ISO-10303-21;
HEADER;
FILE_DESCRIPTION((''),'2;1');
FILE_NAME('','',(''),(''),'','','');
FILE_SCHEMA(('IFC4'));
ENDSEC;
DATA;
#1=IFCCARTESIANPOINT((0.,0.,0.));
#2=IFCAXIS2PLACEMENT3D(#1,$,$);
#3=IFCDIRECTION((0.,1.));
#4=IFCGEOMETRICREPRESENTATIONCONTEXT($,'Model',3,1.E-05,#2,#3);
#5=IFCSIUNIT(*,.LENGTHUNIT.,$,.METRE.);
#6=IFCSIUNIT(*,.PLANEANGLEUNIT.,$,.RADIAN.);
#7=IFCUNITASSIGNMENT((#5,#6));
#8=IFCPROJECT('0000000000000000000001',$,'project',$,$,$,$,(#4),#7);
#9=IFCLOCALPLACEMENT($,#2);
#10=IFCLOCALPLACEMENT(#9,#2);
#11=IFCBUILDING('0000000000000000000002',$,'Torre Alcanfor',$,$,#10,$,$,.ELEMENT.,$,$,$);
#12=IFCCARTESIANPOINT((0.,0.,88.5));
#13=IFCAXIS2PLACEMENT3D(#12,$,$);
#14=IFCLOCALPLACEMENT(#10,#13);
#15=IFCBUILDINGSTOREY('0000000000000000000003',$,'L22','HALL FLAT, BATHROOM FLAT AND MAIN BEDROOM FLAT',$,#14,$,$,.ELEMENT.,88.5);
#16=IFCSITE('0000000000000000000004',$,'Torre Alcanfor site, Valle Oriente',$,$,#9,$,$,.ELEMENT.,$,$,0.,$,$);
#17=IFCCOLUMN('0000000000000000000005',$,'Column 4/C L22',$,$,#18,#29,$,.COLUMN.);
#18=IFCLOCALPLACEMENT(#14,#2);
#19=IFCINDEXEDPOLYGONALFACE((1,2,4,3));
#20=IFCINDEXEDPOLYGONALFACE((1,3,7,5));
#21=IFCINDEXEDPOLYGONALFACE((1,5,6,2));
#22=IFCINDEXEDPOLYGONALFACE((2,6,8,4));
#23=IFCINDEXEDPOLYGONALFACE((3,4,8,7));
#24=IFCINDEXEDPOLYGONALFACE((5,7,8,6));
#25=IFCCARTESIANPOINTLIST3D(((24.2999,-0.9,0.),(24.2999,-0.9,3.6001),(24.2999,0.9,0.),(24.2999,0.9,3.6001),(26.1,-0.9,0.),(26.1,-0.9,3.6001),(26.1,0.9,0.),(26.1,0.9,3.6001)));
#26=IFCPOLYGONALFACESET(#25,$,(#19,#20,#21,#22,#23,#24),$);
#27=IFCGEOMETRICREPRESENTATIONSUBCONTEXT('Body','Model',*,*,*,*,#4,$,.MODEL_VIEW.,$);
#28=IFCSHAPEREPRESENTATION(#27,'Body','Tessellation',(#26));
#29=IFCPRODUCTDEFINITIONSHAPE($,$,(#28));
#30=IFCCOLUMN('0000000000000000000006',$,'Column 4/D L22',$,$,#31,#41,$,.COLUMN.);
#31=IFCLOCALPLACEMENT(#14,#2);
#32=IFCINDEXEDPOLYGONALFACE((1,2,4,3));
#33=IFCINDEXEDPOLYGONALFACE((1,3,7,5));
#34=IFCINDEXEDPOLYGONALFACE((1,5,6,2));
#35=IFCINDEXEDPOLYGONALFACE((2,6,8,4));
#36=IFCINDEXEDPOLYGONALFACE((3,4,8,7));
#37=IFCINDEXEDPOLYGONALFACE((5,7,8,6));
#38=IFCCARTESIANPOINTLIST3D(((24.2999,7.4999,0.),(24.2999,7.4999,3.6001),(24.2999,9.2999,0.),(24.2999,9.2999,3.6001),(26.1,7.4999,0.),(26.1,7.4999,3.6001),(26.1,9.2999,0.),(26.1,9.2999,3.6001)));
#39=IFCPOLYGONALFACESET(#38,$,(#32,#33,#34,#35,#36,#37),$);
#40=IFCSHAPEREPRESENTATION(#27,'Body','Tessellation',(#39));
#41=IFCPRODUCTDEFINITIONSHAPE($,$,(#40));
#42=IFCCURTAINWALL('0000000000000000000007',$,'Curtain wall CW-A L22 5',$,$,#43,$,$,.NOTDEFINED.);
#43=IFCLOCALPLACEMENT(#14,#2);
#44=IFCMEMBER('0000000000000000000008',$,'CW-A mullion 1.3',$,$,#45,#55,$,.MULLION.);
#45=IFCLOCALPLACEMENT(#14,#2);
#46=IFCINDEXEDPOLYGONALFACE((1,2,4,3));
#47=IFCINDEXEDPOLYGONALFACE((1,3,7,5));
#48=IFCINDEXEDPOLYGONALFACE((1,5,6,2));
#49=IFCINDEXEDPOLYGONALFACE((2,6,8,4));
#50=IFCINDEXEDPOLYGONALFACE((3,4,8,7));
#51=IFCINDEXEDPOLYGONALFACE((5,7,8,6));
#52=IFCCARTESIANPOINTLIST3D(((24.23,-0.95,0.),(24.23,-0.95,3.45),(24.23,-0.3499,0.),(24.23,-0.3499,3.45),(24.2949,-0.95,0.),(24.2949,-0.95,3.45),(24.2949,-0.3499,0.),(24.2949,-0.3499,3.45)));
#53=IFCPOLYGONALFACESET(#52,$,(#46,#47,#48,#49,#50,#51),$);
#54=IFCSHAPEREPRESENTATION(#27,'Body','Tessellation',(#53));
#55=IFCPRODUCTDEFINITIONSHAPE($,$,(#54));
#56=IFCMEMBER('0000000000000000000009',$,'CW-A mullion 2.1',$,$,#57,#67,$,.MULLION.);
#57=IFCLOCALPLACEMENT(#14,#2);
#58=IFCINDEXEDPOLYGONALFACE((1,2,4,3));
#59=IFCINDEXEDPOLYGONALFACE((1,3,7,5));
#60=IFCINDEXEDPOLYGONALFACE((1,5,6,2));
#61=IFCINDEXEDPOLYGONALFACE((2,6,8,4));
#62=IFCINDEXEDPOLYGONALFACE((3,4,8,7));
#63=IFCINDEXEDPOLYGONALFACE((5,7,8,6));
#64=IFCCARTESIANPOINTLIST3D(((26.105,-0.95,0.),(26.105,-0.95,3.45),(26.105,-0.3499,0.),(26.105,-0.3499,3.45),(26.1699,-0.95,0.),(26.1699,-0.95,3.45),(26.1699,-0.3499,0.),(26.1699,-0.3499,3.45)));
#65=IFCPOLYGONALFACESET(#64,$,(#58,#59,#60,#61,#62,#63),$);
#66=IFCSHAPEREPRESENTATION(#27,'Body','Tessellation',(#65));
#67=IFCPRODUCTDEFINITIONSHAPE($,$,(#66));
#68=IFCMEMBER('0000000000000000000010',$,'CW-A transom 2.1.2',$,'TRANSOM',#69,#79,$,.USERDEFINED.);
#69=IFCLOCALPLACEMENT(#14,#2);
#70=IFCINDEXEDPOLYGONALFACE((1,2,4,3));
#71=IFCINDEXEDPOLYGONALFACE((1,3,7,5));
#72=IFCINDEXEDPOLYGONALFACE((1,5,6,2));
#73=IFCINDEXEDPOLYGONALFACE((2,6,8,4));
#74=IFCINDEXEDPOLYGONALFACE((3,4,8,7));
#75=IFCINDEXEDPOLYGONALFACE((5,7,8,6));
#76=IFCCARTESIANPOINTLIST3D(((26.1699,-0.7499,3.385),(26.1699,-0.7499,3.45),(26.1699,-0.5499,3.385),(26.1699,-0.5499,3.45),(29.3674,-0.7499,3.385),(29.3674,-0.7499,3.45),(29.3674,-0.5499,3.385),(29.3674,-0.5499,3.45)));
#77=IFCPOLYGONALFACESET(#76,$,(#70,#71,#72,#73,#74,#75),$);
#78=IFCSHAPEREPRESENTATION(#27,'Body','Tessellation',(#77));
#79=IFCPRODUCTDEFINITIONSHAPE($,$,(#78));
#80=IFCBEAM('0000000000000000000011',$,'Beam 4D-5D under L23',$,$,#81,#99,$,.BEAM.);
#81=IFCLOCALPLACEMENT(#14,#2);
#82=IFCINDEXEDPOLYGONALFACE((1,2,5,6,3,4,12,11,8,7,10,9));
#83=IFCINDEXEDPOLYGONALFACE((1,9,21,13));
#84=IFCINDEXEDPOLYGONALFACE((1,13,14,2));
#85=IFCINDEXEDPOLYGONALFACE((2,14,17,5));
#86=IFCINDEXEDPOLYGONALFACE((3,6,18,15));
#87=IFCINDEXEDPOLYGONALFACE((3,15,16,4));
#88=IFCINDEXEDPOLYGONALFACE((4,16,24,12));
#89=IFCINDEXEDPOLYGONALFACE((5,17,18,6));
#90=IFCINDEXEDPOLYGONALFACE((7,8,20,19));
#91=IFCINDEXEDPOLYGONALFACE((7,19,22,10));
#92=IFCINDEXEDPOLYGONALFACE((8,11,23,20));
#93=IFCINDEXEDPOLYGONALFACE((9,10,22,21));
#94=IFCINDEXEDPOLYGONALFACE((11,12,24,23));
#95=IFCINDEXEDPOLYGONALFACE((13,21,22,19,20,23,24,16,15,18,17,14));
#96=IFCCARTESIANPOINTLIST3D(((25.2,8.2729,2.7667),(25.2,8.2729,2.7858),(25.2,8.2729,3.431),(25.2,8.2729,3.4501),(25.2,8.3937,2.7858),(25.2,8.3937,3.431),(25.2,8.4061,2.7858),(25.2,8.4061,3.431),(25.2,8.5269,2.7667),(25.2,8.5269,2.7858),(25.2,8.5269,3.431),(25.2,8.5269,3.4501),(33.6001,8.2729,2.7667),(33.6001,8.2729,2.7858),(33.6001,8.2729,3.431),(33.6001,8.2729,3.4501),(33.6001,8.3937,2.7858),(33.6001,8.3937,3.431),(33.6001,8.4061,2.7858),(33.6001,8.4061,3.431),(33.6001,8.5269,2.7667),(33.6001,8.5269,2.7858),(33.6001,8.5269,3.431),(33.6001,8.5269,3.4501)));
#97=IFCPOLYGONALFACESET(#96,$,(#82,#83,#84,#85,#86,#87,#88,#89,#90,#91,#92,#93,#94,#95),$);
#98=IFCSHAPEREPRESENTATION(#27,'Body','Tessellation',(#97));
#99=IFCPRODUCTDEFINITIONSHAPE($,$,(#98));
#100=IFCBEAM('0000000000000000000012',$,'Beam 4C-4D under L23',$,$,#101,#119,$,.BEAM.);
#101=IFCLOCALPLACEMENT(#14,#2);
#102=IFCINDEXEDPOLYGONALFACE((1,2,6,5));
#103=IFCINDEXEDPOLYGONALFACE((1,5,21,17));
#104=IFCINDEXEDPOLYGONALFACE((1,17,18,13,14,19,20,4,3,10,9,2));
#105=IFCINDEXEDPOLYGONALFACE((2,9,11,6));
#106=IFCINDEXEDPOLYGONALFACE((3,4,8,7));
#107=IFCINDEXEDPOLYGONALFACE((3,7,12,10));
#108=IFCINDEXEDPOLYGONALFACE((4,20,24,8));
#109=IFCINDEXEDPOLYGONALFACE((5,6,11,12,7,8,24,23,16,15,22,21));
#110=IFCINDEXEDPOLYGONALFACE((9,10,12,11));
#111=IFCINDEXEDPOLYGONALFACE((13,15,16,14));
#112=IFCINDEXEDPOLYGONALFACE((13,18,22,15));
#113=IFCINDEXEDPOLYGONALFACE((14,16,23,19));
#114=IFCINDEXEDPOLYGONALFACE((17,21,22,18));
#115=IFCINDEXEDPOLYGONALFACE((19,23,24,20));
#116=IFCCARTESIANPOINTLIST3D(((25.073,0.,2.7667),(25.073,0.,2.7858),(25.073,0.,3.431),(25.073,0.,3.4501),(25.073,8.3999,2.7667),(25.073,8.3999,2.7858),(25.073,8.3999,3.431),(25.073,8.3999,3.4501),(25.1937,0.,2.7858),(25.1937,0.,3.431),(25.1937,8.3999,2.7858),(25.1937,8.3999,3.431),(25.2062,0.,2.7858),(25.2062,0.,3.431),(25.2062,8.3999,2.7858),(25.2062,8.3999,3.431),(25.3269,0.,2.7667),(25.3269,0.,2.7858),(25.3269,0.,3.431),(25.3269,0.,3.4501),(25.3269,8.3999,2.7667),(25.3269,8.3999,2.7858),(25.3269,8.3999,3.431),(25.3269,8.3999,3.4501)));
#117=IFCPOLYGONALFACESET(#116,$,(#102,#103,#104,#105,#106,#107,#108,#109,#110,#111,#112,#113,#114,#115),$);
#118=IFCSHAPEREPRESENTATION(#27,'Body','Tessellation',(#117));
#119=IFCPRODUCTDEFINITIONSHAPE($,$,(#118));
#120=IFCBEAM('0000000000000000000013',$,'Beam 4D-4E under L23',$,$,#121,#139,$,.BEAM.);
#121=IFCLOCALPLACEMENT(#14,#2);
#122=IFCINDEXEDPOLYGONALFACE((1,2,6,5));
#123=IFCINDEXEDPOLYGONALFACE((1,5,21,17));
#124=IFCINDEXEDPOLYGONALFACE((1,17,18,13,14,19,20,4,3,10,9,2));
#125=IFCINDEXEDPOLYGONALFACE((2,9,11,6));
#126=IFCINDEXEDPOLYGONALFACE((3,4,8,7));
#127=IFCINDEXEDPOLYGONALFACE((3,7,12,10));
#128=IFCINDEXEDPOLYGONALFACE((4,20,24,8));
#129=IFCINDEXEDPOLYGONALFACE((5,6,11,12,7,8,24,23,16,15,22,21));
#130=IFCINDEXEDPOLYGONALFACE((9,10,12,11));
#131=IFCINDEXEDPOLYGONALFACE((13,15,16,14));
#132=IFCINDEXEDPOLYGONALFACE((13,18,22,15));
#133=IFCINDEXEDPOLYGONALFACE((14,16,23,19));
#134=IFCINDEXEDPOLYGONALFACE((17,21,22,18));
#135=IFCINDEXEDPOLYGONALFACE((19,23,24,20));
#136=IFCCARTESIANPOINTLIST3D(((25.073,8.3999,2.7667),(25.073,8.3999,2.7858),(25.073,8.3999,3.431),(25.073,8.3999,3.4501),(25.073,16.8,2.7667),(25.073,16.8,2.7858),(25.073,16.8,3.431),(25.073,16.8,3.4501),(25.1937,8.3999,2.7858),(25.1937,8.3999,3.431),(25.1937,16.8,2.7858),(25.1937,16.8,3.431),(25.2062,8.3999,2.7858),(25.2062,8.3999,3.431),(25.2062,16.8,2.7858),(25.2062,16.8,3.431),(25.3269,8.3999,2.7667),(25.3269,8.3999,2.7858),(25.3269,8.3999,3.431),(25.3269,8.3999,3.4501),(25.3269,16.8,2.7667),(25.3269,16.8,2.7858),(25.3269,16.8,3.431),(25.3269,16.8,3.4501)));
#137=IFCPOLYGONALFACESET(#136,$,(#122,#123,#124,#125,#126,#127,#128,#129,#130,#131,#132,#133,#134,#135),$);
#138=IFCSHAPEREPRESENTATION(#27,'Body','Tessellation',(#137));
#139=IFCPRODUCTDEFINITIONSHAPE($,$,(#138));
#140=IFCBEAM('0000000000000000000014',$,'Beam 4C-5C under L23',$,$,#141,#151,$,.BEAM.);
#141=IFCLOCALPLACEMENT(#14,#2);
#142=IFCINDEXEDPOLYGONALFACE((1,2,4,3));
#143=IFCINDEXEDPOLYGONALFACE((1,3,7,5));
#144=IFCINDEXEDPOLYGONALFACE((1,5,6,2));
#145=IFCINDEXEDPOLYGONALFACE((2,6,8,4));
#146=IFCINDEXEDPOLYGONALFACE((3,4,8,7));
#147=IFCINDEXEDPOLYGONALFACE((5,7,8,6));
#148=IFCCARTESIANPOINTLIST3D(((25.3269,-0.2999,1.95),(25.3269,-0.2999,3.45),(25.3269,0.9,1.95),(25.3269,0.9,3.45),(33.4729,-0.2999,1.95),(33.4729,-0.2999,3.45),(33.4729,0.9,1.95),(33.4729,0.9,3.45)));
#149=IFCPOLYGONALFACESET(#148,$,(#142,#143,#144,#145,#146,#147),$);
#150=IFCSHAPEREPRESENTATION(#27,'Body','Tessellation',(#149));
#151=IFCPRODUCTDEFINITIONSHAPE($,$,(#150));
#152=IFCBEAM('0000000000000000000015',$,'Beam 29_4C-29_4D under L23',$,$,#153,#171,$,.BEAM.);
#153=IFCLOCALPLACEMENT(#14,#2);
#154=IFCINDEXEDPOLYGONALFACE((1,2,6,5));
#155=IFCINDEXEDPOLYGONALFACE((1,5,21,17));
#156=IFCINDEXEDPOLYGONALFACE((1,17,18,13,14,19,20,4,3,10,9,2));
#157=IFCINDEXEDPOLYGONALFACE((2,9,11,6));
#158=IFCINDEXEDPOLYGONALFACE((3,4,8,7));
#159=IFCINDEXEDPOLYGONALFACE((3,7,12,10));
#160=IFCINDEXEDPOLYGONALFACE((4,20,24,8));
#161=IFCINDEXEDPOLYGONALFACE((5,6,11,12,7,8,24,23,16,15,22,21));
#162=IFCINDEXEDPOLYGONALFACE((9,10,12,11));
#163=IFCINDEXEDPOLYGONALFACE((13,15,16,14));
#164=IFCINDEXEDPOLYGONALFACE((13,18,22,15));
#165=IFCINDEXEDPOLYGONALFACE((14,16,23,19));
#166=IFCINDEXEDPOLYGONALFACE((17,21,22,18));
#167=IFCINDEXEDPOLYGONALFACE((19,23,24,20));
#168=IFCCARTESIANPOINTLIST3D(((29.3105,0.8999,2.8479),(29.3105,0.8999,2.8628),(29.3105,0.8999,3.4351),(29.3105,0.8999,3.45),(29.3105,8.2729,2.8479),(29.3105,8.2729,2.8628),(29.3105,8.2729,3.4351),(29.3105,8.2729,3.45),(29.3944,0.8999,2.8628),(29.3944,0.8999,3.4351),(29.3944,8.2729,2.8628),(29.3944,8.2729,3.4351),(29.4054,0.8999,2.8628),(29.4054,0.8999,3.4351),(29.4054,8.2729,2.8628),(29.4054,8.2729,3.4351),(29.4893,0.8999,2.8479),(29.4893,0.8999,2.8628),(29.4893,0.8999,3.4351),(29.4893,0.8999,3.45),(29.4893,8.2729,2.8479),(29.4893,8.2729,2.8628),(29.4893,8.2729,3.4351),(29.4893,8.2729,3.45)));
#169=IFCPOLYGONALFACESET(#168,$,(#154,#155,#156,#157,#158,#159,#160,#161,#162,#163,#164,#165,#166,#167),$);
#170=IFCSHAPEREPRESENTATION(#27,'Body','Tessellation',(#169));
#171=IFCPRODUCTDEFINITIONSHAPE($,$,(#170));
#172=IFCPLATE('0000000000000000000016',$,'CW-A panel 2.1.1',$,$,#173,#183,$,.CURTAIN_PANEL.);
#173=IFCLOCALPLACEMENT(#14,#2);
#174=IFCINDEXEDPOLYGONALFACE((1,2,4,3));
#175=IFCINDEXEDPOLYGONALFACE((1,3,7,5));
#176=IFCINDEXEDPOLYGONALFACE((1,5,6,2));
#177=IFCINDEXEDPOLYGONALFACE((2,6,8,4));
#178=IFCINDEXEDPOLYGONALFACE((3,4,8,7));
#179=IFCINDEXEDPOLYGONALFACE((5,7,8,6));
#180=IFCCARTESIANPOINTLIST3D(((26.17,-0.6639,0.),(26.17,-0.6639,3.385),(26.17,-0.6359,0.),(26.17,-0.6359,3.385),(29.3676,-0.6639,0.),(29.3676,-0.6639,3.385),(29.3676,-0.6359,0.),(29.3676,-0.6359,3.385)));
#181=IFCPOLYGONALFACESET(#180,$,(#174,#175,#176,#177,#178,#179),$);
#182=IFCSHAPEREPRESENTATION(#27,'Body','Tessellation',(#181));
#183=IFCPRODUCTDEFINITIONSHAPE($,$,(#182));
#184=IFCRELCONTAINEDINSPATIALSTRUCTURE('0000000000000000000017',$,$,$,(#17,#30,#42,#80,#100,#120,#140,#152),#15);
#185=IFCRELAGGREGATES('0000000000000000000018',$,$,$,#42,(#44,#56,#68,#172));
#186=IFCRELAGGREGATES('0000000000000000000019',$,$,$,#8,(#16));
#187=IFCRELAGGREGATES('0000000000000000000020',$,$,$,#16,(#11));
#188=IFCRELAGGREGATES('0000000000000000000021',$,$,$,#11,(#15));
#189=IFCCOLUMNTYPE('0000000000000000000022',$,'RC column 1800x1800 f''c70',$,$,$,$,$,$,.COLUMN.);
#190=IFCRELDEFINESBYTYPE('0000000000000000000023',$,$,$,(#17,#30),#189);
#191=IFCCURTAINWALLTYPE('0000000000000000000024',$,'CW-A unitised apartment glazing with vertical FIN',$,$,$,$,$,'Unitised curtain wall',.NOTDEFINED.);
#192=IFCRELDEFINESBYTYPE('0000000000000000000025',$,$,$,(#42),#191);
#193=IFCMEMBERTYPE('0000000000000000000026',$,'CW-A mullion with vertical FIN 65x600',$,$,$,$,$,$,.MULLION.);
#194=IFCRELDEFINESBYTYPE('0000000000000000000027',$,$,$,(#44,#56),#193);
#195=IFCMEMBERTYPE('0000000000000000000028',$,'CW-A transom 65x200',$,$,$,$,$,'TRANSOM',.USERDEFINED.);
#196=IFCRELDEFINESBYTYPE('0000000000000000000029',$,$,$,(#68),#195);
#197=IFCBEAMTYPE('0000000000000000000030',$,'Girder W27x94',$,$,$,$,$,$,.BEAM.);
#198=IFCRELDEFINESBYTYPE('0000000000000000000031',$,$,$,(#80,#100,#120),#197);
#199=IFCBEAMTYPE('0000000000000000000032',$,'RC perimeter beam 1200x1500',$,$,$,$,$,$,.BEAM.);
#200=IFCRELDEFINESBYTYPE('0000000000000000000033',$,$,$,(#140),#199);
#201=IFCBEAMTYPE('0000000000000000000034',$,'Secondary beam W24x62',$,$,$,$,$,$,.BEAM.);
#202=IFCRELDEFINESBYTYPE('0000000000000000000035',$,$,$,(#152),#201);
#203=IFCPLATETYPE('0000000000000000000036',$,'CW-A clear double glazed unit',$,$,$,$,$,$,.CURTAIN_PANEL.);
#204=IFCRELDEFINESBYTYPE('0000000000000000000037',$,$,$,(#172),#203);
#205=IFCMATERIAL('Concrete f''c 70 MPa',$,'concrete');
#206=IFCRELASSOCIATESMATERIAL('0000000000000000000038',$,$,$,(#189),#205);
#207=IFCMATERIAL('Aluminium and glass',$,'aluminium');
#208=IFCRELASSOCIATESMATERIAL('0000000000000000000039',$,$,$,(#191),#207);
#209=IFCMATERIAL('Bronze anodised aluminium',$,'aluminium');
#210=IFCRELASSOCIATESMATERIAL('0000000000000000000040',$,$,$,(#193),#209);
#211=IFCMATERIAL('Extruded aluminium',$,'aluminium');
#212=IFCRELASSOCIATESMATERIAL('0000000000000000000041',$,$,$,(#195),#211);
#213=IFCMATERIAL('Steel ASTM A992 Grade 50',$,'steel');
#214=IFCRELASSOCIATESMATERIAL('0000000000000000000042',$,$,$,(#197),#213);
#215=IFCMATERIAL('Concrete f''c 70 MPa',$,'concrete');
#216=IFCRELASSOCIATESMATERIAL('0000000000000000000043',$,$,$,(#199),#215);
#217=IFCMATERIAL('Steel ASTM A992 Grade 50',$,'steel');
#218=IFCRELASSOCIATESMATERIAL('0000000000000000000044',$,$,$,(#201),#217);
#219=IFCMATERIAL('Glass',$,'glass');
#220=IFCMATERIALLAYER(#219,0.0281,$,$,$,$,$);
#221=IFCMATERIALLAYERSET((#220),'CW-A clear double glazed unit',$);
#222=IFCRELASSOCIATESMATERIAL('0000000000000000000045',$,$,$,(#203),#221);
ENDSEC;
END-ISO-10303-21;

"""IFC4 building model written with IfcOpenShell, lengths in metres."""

from ifc_helpers import new_model, si_unit, direction, frame, origin, origin_2d, place, context, subcontext, project, spatial, rectangle, i_section, extrude, material, layer, layer_set, material_profile, profile_set, type_object, element, aggregate, save


model = new_model("IFC4")

# Units and contexts
model_context = context("Model", 3, precision=1e-05, world=origin(), true_north=direction((0.0, 1.0)))
body_context = subcontext(model_context, "Body", "Model", "MODEL_VIEW")
ifc_project = project(units=[si_unit("LENGTHUNIT", "METRE"), si_unit("PLANEANGLEUNIT", "RADIAN")], contexts=[model_context])

# Site, building, storey
site_placement = place(None, origin())
site = spatial("IfcSite", under=ifc_project, at=site_placement, Name="Torre Alcanfor site, Valle Oriente", CompositionType="ELEMENT", RefElevation=0.0)
building_placement = place(site_placement, origin())
building = spatial("IfcBuilding", under=site, at=building_placement, Name="Torre Alcanfor", CompositionType="ELEMENT")
storey_placement = place(building_placement, frame((0.0, 0.0, 88.5)))
storey = spatial("IfcBuildingStorey", under=building, at=storey_placement, Name="L22", Description="HALL FLAT, BATHROOM FLAT AND MAIN BEDROOM FLAT", CompositionType="ELEMENT", Elevation=88.5)

# Columns
ifc_material_1 = material(Name="Concrete f'c 70 MPa", Category="concrete")
ifc_material_profile_1 = material_profile(ifc_material_1, rectangle(XDim=1.8, YDim=1.8, at=origin_2d()), Name="1800x1800")
ifc_profile_set_1 = profile_set([ifc_material_profile_1], Name="Concrete f'c 70 MPa")
column_type = type_object("IfcColumnType", Name="RC column 1800x1800 f'c70", PredefinedType="COLUMN", material=ifc_profile_set_1)
for number, where, z_axis, x_axis, name in (
    (1, (25.2, 0.0, 0.0), (0.0, 0.0, 1.0), (1.0, 0.0, 0.0), "Column 4/C L22"),
    (2, (25.2, 8.3999, 0.0), (0.0, 0.0, 1.0), (1.0, 0.0, 0.0), "Column 4/D L22"),
):
    element("IfcColumn", number, at=place(storey_placement, frame(where, z_axis=z_axis, x_axis=x_axis)), inside=storey, type_object=column_type, Name=name, PredefinedType="COLUMN", context=body_context, shape_type="SweptSolid", body=[
        extrude(rectangle(XDim=1.8, YDim=1.8, at=origin_2d()), origin(), (0.0, 0.0, 1.0), 3.6001),
    ])

# Curtain wall, members
ifc_material_2 = material(Name="Aluminium and glass", Category="aluminium")
curtain_wall_type = type_object("IfcCurtainWallType", Name="CW-A unitised apartment glazing with vertical FIN", ElementType="Unitised curtain wall", PredefinedType="NOTDEFINED", material=ifc_material_2)
curtain_wall_placement = place(storey_placement, origin())
curtain_wall = element("IfcCurtainWall", 3, at=curtain_wall_placement, inside=storey, type_object=curtain_wall_type, Name="Curtain wall CW-A L22 5", PredefinedType="NOTDEFINED")
ifc_material_3 = material(Name="Bronze anodised aluminium", Category="aluminium")
ifc_material_profile_2 = material_profile(ifc_material_3, rectangle(XDim=0.6001, YDim=0.0649, at=origin_2d()), Name="CW-A mullion 65x600")
ifc_profile_set_2 = profile_set([ifc_material_profile_2], Name="Bronze anodised aluminium")
member_type_1 = type_object("IfcMemberType", Name="CW-A mullion with vertical FIN 65x600", PredefinedType="MULLION", material=ifc_profile_set_2)
member_1_placement = place(storey_placement, frame((24.2625, -0.6499, 0.0), z_axis=(0.0, 0.0, 1.0), x_axis=(0.0, 1.0, 0.0)))
member_1 = element("IfcMember", 4, at=member_1_placement, type_object=member_type_1, Name="CW-A mullion 1.3", PredefinedType="MULLION", context=body_context, shape_type="SweptSolid", body=[
    extrude(rectangle(XDim=0.6001, YDim=0.0649, at=origin_2d()), origin(), (0.0, 0.0, 1.0), 3.45),
])
member_2_placement = place(storey_placement, frame((26.1375, -0.6499, 0.0), z_axis=(0.0, 0.0, 1.0), x_axis=(0.0, 1.0, 0.0)))
member_2 = element("IfcMember", 5, at=member_2_placement, type_object=member_type_1, Name="CW-A mullion 2.1", PredefinedType="MULLION", context=body_context, shape_type="SweptSolid", body=[
    extrude(rectangle(XDim=0.6001, YDim=0.0649, at=origin_2d()), origin(), (0.0, 0.0, 1.0), 3.45),
])
ifc_material_4 = material(Name="Extruded aluminium", Category="aluminium")
ifc_material_profile_3 = material_profile(ifc_material_4, rectangle(XDim=0.2, YDim=0.0649, at=origin_2d()), Name="CW-A transom 200x65")
ifc_profile_set_3 = profile_set([ifc_material_profile_3], Name="Extruded aluminium")
member_type_2 = type_object("IfcMemberType", Name="CW-A transom 65x200", ElementType="TRANSOM", PredefinedType="USERDEFINED", material=ifc_profile_set_3)
member_3_placement = place(storey_placement, frame((26.1699, -0.6499, 3.4175), z_axis=(1.0, 0.0, 0.0), x_axis=(0.0, 1.0, 0.0)))
member_3 = element("IfcMember", 6, at=member_3_placement, type_object=member_type_2, Name="CW-A transom 2.1.2", ObjectType="TRANSOM", PredefinedType="USERDEFINED", context=body_context, shape_type="SweptSolid", body=[
    extrude(rectangle(XDim=0.2, YDim=0.0649, at=origin_2d()), origin(), (0.0, 0.0, 1.0), 3.1975),
])

# Beams
ifc_material_5 = material(Name="Steel ASTM A992 Grade 50", Category="steel")
ifc_material_profile_4 = material_profile(ifc_material_5, i_section(OverallWidth=0.2539, OverallDepth=0.6833, WebThickness=0.0125, FlangeThickness=0.019, at=origin_2d()), Name="W27x94")
ifc_profile_set_4 = profile_set([ifc_material_profile_4], Name="Steel ASTM A992 Grade 50")
beam_type_1 = type_object("IfcBeamType", Name="Girder W27x94", PredefinedType="BEAM", material=ifc_profile_set_4)
beam_1_placement = place(storey_placement, frame((25.2, 8.3999, 3.1084), z_axis=(1.0, 0.0, 0.0), x_axis=(0.0, 1.0, 0.0)))
element("IfcBeam", 7, at=beam_1_placement, inside=storey, type_object=beam_type_1, Name="Beam 4D-5D under L23", PredefinedType="BEAM", context=body_context, shape_type="SweptSolid", body=[
    extrude(i_section(OverallWidth=0.2539, OverallDepth=0.6833, WebThickness=0.0125, FlangeThickness=0.019, at=origin_2d()), origin(), (0.0, 0.0, 1.0), 8.4001),
])
beam_2_placement = place(storey_placement, frame((25.2, 0.0, 3.1084), z_axis=(0.0, 1.0, 0.0), x_axis=(-1.0, 0.0, 0.0)))
element("IfcBeam", 8, at=beam_2_placement, inside=storey, type_object=beam_type_1, Name="Beam 4C-4D under L23", PredefinedType="BEAM", context=body_context, shape_type="SweptSolid", body=[
    extrude(i_section(OverallWidth=0.2539, OverallDepth=0.6833, WebThickness=0.0125, FlangeThickness=0.019, at=origin_2d()), origin(), (0.0, 0.0, 1.0), 8.3999),
])
beam_3_placement = place(storey_placement, frame((25.2, 8.3999, 3.1084), z_axis=(0.0, 1.0, 0.0), x_axis=(-1.0, 0.0, 0.0)))
element("IfcBeam", 9, at=beam_3_placement, inside=storey, type_object=beam_type_1, Name="Beam 4D-4E under L23", PredefinedType="BEAM", context=body_context, shape_type="SweptSolid", body=[
    extrude(i_section(OverallWidth=0.2539, OverallDepth=0.6833, WebThickness=0.0125, FlangeThickness=0.019, at=origin_2d()), origin(), (0.0, 0.0, 1.0), 8.4001),
])
ifc_material_6 = material(Name="Concrete f'c 70 MPa", Category="concrete")
ifc_material_profile_5 = material_profile(ifc_material_6, rectangle(XDim=1.2, YDim=1.5, at=origin_2d()), Name="1200x1500")
ifc_profile_set_5 = profile_set([ifc_material_profile_5], Name="Concrete f'c 70 MPa")
beam_type_2 = type_object("IfcBeamType", Name="RC perimeter beam 1200x1500", PredefinedType="BEAM", material=ifc_profile_set_5)
beam_4_placement = place(storey_placement, frame((25.3269, 0.3, 2.7), z_axis=(1.0, 0.0, 0.0), x_axis=(0.0, 1.0, 0.0)))
element("IfcBeam", 10, at=beam_4_placement, inside=storey, type_object=beam_type_2, Name="Beam 4C-5C under L23", PredefinedType="BEAM", context=body_context, shape_type="SweptSolid", body=[
    extrude(rectangle(XDim=1.2, YDim=1.5, at=origin_2d()), origin(), (0.0, 0.0, 1.0), 8.146),
])
ifc_material_7 = material(Name="Steel ASTM A992 Grade 50", Category="steel")
ifc_material_profile_6 = material_profile(ifc_material_7, i_section(OverallWidth=0.1787, OverallDepth=0.6021, WebThickness=0.011, FlangeThickness=0.0149, at=origin_2d()), Name="W24x62")
ifc_profile_set_6 = profile_set([ifc_material_profile_6], Name="Steel ASTM A992 Grade 50")
beam_type_3 = type_object("IfcBeamType", Name="Secondary beam W24x62", PredefinedType="BEAM", material=ifc_profile_set_6)
beam_5_placement = place(storey_placement, frame((29.3999, 0.8999, 3.1489), z_axis=(0.0, 1.0, 0.0), x_axis=(-1.0, 0.0, 0.0)))
element("IfcBeam", 11, at=beam_5_placement, inside=storey, type_object=beam_type_3, Name="Beam 29_4C-29_4D under L23", PredefinedType="BEAM", context=body_context, shape_type="SweptSolid", body=[
    extrude(i_section(OverallWidth=0.1787, OverallDepth=0.6021, WebThickness=0.011, FlangeThickness=0.0149, at=origin_2d()), origin(), (0.0, 0.0, 1.0), 7.373),
])

# Plate
ifc_material_8 = material(Name="Glass", Category="glass")
ifc_layer_1 = layer(ifc_material_8, 0.0281)
ifc_layer_set_1 = layer_set([ifc_layer_1], Name="CW-A clear double glazed unit")
plate_type = type_object("IfcPlateType", Name="CW-A clear double glazed unit", PredefinedType="CURTAIN_PANEL", material=ifc_layer_set_1)
plate_placement = place(storey_placement, frame((27.7688, -0.6499, 0.0), z_axis=(0.0, 0.0, 1.0), x_axis=(1.0, 0.0, 0.0)))
plate = element("IfcPlate", 12, at=plate_placement, type_object=plate_type, Name="CW-A panel 2.1.1", PredefinedType="CURTAIN_PANEL", context=body_context, shape_type="SweptSolid", body=[
    extrude(rectangle(XDim=3.1975, YDim=0.0281, at=origin_2d()), origin(), (0.0, 0.0, 1.0), 3.385),
])
aggregate(curtain_wall, [member_1, member_2, member_3, plate])

save(model, "model.ifc")
